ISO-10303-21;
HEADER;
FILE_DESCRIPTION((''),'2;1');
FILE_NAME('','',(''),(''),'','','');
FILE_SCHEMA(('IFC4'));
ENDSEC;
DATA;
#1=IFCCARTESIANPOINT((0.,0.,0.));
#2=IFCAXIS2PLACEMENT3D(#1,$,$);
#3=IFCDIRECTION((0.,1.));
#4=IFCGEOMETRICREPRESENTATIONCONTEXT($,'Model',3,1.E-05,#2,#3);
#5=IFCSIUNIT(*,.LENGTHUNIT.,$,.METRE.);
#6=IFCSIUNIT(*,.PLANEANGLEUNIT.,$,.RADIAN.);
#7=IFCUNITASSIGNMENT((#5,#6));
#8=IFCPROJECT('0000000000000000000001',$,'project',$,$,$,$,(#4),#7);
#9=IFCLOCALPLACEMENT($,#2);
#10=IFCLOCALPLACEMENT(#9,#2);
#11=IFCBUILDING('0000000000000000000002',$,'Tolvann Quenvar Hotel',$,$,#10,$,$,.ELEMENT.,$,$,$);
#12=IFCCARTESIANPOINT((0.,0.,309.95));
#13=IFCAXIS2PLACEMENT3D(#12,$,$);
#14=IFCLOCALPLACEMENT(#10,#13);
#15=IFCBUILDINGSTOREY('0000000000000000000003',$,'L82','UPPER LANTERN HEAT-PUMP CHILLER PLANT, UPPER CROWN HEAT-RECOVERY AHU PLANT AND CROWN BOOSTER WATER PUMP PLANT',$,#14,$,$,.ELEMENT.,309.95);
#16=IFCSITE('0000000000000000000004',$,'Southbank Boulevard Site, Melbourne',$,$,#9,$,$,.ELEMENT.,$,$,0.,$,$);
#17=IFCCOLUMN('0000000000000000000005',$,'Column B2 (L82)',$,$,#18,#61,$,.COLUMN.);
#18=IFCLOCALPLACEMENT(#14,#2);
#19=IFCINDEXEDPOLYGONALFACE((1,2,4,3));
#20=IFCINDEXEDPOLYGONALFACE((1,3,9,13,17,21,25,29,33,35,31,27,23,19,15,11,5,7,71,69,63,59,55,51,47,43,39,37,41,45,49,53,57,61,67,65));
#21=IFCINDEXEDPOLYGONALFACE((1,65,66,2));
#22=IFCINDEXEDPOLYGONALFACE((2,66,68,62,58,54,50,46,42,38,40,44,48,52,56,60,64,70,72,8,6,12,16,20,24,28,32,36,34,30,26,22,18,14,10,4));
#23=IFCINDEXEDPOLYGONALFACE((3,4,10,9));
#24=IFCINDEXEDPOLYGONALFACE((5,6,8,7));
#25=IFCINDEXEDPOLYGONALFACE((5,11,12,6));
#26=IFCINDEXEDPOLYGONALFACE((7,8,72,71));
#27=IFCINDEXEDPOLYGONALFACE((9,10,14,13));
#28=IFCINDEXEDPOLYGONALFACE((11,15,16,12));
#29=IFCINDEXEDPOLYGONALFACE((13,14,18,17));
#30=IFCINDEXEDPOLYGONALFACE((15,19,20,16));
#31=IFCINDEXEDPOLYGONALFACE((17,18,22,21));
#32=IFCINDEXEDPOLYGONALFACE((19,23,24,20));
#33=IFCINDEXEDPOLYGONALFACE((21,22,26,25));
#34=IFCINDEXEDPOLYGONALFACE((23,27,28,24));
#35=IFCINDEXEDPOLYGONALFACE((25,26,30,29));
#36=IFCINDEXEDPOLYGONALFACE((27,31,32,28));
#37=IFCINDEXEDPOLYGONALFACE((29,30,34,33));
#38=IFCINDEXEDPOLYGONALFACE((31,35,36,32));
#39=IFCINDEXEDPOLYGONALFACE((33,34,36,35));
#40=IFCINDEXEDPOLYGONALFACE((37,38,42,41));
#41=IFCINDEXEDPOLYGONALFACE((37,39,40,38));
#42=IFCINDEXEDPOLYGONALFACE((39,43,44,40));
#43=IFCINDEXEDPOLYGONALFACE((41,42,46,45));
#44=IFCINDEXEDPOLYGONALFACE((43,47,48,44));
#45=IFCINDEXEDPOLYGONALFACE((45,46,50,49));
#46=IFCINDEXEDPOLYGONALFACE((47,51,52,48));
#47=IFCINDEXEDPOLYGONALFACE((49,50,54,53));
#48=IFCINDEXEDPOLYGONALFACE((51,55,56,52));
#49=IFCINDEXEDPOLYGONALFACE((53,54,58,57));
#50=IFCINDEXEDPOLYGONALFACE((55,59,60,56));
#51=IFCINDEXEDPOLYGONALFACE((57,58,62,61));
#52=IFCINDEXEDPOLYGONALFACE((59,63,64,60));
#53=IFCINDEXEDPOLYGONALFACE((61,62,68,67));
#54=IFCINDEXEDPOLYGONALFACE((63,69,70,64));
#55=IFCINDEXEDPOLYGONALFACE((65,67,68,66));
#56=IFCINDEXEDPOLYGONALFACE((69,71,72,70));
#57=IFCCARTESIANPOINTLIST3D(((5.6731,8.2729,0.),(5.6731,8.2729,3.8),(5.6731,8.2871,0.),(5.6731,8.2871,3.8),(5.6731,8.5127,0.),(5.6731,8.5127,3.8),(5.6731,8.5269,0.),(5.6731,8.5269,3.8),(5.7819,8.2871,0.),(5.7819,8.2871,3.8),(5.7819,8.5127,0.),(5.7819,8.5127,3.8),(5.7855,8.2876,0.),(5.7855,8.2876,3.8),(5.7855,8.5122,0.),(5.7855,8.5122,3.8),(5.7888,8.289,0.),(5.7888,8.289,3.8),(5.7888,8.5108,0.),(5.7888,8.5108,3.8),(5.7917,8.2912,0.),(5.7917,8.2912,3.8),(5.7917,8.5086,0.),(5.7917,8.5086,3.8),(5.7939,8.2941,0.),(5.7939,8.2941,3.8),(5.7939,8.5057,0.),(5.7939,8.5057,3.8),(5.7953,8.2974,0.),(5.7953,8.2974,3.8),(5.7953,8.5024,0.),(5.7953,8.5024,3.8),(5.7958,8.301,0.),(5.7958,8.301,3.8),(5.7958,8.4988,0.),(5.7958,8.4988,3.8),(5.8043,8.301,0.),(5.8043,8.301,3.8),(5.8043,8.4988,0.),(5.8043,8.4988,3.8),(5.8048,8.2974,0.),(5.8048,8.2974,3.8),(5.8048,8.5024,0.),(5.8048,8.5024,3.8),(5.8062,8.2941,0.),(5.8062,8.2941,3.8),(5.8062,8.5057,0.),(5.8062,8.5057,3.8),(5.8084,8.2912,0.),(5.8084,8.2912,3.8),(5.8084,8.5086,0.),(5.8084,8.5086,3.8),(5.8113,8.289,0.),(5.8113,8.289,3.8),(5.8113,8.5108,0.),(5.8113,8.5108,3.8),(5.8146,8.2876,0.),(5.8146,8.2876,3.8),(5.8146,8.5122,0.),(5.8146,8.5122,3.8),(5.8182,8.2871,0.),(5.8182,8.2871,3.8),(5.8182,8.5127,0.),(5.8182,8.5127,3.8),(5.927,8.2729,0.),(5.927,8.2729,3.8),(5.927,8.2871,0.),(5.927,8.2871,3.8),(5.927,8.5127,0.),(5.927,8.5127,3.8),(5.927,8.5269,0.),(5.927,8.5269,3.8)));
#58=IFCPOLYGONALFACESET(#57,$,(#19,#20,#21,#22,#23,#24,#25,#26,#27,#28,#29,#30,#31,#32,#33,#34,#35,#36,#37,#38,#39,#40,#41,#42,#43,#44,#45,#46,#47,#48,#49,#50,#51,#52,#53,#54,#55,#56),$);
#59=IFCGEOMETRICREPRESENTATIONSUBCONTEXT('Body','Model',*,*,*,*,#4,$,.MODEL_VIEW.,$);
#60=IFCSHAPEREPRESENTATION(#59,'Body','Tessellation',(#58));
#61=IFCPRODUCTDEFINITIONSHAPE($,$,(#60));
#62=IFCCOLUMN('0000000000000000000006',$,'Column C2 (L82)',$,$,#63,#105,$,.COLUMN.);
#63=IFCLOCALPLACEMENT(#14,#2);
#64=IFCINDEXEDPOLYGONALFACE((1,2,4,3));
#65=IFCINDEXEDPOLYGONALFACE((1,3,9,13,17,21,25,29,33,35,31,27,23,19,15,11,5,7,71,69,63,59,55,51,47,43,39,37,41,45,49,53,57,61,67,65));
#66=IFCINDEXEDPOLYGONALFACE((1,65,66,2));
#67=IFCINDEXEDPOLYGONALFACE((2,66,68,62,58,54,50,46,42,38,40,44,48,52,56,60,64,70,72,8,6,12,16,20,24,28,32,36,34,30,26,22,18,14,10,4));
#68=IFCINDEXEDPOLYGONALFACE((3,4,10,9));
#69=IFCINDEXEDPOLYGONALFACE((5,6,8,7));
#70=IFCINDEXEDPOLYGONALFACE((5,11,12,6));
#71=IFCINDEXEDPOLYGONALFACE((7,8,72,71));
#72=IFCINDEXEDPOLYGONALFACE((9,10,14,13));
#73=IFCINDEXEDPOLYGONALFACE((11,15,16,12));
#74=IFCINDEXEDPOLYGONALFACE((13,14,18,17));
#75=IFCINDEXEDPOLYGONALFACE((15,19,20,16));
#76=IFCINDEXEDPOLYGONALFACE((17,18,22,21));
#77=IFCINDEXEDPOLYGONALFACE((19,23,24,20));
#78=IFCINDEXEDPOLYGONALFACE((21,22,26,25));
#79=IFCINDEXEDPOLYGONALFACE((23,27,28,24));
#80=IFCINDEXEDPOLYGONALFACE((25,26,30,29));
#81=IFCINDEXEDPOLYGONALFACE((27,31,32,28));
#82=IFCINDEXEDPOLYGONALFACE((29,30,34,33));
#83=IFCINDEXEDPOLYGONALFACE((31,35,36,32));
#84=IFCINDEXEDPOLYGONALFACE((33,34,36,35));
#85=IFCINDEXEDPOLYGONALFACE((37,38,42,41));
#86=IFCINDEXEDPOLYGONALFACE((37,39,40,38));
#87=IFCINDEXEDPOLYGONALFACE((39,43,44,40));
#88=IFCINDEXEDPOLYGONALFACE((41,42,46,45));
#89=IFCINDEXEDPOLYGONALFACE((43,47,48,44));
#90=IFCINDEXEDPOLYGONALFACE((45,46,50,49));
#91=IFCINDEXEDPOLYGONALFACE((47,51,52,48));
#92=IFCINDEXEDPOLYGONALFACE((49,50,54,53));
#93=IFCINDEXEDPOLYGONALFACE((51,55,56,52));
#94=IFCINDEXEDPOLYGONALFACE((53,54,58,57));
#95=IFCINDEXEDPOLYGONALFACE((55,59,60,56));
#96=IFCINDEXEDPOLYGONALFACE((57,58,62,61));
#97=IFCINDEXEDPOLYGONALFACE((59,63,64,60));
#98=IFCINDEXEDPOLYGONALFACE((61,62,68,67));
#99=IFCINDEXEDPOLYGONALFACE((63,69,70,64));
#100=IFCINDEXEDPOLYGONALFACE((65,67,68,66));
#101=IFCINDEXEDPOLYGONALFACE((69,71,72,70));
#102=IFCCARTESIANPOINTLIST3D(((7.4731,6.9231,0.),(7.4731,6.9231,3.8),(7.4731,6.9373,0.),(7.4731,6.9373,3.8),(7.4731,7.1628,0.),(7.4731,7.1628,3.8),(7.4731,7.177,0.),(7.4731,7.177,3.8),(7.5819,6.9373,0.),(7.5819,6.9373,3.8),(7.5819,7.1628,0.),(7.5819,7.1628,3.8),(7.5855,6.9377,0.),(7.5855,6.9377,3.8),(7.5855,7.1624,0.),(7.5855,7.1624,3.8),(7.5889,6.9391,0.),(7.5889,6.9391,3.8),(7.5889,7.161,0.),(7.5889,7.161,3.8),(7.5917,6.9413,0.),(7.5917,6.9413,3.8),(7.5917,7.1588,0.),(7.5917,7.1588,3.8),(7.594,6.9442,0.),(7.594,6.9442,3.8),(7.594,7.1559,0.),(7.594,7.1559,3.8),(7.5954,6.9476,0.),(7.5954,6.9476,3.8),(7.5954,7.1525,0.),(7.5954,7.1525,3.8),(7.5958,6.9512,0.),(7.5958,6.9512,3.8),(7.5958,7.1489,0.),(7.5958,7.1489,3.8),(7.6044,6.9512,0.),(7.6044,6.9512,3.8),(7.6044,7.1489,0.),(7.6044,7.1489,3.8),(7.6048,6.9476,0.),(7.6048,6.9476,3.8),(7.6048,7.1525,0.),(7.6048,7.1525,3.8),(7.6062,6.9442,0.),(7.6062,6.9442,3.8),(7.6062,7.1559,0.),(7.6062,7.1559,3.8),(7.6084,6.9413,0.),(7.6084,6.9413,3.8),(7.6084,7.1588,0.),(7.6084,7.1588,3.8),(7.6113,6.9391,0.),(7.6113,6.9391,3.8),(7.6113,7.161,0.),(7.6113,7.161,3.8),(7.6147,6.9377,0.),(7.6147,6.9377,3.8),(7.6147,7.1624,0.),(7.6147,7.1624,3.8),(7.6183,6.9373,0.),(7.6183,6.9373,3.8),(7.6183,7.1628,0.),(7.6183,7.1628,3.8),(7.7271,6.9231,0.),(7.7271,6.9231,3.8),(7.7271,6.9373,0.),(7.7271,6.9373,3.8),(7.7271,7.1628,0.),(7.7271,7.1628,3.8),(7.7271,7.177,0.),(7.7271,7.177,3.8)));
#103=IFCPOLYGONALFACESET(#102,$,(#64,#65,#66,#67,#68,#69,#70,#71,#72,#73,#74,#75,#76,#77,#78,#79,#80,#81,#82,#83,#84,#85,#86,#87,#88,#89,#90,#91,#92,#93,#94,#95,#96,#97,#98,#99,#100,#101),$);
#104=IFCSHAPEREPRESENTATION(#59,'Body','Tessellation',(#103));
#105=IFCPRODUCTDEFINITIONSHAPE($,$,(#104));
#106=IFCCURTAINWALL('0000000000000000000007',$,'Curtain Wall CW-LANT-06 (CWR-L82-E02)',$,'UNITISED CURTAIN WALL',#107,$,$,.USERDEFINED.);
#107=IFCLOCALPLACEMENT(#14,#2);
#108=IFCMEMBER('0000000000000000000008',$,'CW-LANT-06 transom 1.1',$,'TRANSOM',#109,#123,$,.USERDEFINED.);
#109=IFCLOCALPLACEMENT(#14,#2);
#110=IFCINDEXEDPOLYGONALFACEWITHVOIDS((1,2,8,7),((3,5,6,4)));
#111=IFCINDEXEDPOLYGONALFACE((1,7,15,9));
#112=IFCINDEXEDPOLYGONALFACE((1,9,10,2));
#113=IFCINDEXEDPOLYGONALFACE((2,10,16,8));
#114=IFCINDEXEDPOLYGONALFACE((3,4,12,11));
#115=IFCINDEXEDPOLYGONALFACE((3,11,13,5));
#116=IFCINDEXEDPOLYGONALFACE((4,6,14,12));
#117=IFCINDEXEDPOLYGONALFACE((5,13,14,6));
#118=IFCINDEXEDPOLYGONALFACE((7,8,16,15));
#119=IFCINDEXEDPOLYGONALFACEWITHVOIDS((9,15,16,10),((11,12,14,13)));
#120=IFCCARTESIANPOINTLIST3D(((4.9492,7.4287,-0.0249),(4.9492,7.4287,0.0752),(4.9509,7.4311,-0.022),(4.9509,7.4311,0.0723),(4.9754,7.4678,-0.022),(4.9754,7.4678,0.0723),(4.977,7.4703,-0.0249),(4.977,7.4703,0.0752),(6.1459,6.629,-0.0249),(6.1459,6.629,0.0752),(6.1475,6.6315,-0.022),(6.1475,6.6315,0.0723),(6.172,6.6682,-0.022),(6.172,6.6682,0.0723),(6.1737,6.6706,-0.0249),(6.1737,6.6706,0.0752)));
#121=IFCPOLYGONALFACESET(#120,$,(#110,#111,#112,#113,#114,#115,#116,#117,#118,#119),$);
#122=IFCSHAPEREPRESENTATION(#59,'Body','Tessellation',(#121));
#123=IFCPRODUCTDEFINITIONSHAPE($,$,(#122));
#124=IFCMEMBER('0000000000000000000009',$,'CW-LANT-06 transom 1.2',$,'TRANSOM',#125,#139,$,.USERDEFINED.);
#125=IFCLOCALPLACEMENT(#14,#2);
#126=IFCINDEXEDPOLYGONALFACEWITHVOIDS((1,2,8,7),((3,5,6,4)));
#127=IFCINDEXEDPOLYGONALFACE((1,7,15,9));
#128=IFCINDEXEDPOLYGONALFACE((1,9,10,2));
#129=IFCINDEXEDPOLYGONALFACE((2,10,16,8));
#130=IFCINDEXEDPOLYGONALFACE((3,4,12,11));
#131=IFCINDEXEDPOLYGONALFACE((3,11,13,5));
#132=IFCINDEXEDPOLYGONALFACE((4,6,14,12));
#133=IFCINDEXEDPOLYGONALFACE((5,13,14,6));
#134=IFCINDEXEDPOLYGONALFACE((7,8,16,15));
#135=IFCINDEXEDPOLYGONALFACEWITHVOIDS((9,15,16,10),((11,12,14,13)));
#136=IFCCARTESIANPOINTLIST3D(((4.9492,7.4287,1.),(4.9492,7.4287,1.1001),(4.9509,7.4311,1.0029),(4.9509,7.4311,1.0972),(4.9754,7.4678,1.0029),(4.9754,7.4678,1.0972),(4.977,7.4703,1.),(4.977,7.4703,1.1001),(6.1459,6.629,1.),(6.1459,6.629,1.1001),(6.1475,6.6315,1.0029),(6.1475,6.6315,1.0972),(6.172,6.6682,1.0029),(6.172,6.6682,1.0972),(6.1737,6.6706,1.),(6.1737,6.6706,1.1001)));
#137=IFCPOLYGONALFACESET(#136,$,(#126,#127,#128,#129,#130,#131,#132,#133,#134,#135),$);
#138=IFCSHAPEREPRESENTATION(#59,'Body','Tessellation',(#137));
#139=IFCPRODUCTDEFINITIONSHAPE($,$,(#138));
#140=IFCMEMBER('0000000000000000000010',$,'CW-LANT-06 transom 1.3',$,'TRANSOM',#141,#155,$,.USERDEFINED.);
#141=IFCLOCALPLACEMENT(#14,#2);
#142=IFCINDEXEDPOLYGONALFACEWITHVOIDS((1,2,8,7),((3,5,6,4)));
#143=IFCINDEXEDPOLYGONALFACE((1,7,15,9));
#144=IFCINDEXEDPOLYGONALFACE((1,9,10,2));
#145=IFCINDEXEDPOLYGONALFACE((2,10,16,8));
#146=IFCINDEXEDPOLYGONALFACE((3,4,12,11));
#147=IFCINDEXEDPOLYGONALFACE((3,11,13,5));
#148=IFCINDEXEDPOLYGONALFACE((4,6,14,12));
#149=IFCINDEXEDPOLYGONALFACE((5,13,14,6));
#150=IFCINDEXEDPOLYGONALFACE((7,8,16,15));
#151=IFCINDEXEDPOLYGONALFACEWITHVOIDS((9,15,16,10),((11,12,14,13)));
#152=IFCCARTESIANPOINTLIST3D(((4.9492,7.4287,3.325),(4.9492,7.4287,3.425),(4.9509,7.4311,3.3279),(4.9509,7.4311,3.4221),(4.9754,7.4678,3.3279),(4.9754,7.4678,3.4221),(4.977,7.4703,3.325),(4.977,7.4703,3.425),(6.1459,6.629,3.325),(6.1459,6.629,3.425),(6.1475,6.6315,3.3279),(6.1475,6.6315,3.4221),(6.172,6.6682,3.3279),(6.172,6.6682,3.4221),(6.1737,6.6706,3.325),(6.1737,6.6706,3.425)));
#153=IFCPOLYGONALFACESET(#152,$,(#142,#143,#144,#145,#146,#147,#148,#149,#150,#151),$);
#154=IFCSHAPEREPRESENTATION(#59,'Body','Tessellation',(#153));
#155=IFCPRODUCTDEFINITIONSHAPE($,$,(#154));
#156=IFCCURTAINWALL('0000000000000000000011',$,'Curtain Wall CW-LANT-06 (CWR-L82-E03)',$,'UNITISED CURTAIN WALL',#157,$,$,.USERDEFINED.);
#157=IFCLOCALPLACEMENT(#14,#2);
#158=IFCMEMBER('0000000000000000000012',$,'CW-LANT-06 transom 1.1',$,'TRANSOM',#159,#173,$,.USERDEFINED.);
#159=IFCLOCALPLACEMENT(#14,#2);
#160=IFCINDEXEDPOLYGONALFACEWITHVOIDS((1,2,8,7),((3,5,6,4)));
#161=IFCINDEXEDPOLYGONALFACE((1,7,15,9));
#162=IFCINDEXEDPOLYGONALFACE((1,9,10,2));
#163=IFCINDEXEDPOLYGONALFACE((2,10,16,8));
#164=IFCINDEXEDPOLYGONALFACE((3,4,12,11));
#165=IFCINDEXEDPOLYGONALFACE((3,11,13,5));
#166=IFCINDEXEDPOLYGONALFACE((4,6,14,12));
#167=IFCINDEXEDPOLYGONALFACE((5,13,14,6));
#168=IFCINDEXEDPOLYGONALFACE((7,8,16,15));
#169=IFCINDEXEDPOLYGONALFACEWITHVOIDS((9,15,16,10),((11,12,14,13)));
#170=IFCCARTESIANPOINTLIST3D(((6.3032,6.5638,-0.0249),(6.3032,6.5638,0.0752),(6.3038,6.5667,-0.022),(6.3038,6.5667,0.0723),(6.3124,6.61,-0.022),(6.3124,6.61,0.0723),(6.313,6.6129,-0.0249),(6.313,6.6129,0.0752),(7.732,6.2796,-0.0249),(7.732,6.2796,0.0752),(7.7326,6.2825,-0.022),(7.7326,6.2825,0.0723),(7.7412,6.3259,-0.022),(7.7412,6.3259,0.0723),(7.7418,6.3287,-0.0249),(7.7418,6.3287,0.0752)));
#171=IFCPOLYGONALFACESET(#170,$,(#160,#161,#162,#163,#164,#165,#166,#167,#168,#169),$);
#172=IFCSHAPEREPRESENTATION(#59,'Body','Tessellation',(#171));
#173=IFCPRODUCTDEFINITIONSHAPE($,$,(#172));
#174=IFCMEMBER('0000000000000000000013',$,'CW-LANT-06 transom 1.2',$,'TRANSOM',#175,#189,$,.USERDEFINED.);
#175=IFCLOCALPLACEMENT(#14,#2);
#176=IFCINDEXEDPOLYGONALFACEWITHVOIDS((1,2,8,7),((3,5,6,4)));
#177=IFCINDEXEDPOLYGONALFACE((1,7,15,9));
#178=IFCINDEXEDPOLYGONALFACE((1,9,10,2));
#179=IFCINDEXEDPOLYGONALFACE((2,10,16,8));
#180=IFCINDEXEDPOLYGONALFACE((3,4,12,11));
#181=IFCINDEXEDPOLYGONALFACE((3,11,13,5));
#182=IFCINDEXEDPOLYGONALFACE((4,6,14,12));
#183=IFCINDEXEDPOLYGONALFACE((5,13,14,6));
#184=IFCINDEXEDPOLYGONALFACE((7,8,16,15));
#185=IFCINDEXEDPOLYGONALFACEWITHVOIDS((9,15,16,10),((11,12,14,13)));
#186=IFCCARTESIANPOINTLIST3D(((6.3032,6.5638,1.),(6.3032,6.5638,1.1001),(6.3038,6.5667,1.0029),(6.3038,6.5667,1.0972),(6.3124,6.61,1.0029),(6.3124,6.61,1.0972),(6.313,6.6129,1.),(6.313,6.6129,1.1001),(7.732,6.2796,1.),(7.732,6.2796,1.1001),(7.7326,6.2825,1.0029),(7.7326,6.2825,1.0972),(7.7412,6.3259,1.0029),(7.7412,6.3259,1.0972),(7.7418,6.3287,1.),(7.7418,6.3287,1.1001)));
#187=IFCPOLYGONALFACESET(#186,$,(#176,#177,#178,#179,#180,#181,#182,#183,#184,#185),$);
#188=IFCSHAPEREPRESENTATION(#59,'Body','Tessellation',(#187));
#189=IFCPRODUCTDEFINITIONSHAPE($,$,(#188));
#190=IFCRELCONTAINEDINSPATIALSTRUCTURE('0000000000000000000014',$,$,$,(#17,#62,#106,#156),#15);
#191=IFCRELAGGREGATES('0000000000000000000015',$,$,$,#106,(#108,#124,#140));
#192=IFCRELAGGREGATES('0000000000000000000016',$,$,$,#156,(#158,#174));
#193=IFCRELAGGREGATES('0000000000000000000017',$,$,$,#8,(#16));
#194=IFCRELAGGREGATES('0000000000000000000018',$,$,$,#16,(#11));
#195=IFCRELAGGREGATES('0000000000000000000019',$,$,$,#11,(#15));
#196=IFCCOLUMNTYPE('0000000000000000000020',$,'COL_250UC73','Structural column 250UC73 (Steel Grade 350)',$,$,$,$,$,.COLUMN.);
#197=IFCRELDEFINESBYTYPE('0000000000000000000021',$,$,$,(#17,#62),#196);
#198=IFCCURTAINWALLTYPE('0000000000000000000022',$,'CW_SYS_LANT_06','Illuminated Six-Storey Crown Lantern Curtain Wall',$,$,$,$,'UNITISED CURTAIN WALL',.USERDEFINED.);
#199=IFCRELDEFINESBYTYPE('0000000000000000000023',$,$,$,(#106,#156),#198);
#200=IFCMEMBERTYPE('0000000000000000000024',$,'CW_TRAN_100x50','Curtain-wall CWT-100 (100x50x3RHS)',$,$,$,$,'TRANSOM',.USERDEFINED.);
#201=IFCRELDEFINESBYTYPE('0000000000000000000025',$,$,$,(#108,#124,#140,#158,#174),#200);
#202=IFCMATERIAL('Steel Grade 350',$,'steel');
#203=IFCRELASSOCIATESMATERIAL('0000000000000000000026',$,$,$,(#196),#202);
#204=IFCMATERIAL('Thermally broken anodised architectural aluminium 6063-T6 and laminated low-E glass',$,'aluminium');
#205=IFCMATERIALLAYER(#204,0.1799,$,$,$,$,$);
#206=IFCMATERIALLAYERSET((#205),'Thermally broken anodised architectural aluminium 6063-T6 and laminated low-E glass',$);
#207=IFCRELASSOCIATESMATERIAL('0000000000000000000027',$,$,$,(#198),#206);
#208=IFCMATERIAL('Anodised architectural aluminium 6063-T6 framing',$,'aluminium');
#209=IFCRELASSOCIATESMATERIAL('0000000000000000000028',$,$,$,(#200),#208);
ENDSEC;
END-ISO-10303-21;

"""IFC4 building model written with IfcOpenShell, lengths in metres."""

from ifc_helpers import new_model, si_unit, direction, frame, origin, origin_2d, place, context, subcontext, project, spatial, hollow_rectangle, i_section, extrude, source, transform, mapped, material, layer, layer_set, material_profile, profile_set, type_object, type_shapes, element, aggregate, save


model = new_model("IFC4")

# Units and contexts
model_context = context("Model", 3, precision=1e-05, world=origin(), true_north=direction((0.0, 1.0)))
body_context = subcontext(model_context, "Body", "Model", "MODEL_VIEW")
ifc_project = project(units=[si_unit("LENGTHUNIT", "METRE"), si_unit("PLANEANGLEUNIT", "RADIAN")], contexts=[model_context])

# Site, building, storey
site_placement = place(None, origin())
site = spatial("IfcSite", under=ifc_project, at=site_placement, Name="Southbank Boulevard Site, Melbourne", CompositionType="ELEMENT", RefElevation=0.0)
building_placement = place(site_placement, origin())
building = spatial("IfcBuilding", under=site, at=building_placement, Name="Tolvann Quenvar Hotel", CompositionType="ELEMENT")
storey_placement = place(building_placement, frame((0.0, 0.0, 309.95)))
storey = spatial("IfcBuildingStorey", under=building, at=storey_placement, Name="L82", Description="UPPER LANTERN HEAT-PUMP CHILLER PLANT, UPPER CROWN HEAT-RECOVERY AHU PLANT AND CROWN BOOSTER WATER PUMP PLANT", CompositionType="ELEMENT", Elevation=309.95)

# Columns
ifc_material_1 = material(Name="Steel Grade 350", Category="steel")
ifc_material_profile_1 = material_profile(ifc_material_1, i_section(OverallWidth=0.2539, OverallDepth=0.2539, WebThickness=0.0085, FlangeThickness=0.0142, FilletRadius=0.0139, at=origin_2d()), Name="250UC73")
ifc_profile_set_1 = profile_set([ifc_material_profile_1], Name="Steel Grade 350")
column_type = type_object("IfcColumnType", Name="COL_250UC73", Description="Structural column 250UC73 (Steel Grade 350)", PredefinedType="COLUMN", material=ifc_profile_set_1)
shared_shape_1 = source(origin(), body_context, "Body", "SweptSolid", [
    extrude(i_section(OverallWidth=0.2539, OverallDepth=0.2539, WebThickness=0.0085, FlangeThickness=0.0142, FilletRadius=0.0139, at=origin_2d()), origin(), (0.0, 0.0, 1.0), 3.8),
])
type_shapes(column_type, [shared_shape_1])
for number, where, z_axis, x_axis, name in (
    (1, (5.8, 8.3999, 0.0), (0.0, 0.0, 1.0), (1.0, 0.0, 0.0), "Column B2 (L82)"),
    (2, (7.6001, 7.05, 0.0), (0.0, 0.0, 1.0), (1.0, 0.0, 0.0), "Column C2 (L82)"),
):
    element("IfcColumn", number, at=place(storey_placement, frame(where, z_axis=z_axis, x_axis=x_axis)), inside=storey, type_object=column_type, Name=name, PredefinedType="COLUMN", context=body_context, shape_type="MappedRepresentation", body=[
        mapped(shared_shape_1, transform((0.0, 0.0, 0.0), x_axis=(1.0, 0.0, 0.0), y_axis=(0.0, 1.0, 0.0), z_axis=(0.0, 0.0, 1.0), scale=1.0)),
    ])

# Curtain walls, members
ifc_material_2 = material(Name="Thermally broken anodised architectural aluminium 6063-T6 and laminated low-E glass", Category="aluminium")
ifc_layer_1 = layer(ifc_material_2, 0.1799)
ifc_layer_set_1 = layer_set([ifc_layer_1], Name="Thermally broken anodised architectural aluminium 6063-T6 and laminated low-E glass")
curtain_wall_type = type_object("IfcCurtainWallType", Name="CW_SYS_LANT_06", Description="Illuminated Six-Storey Crown Lantern Curtain Wall", ElementType="UNITISED CURTAIN WALL", PredefinedType="USERDEFINED", material=ifc_layer_set_1)
curtain_wall_1_placement = place(storey_placement, origin())
curtain_wall_1 = element("IfcCurtainWall", 3, at=curtain_wall_1_placement, inside=storey, type_object=curtain_wall_type, Name="Curtain Wall CW-LANT-06 (CWR-L82-E02)", ObjectType="UNITISED CURTAIN WALL", PredefinedType="USERDEFINED")
ifc_material_3 = material(Name="Anodised architectural aluminium 6063-T6 framing", Category="aluminium")
ifc_material_profile_2 = material_profile(ifc_material_3, hollow_rectangle(XDim=0.05, YDim=0.1001, WallThickness=0.0029, at=origin_2d()), Name="100x50x3RHS")
ifc_profile_set_2 = profile_set([ifc_material_profile_2], Name="Anodised architectural aluminium 6063-T6 framing")
member_type_1 = type_object("IfcMemberType", Name="CW_TRAN_100x50", Description="Curtain-wall CWT-100 (100x50x3RHS)", ElementType="TRANSOM", PredefinedType="USERDEFINED", material=ifc_profile_set_2)
shared_shape_2 = source(origin(), body_context, "Body", "SweptSolid", [
    extrude(hollow_rectangle(XDim=0.05, YDim=0.1001, WallThickness=0.0029, at=origin_2d()), origin(), (0.0, 0.0, 1.0), 1.4392),
])
member_1_placement = place(storey_placement, frame((4.9631, 7.4495, 0.0251), z_axis=(0.83145, -0.5556, 0.0), x_axis=(0.5556, 0.83145, 0.0)))
member_1 = element("IfcMember", 4, at=member_1_placement, type_object=member_type_1, Name="CW-LANT-06 transom 1.1", ObjectType="TRANSOM", PredefinedType="USERDEFINED", context=body_context, shape_type="MappedRepresentation", body=[
    mapped(shared_shape_2, transform((0.0, 0.0, 0.0), x_axis=(1.0, 0.0, 0.0), y_axis=(0.0, 1.0, 0.0), z_axis=(0.0, 0.0, 1.0), scale=1.0)),
])
member_2_placement = place(storey_placement, frame((4.9631, 7.4495, 1.05), z_axis=(0.83145, -0.5556, 0.0), x_axis=(0.5556, 0.83145, 0.0)))
member_2 = element("IfcMember", 5, at=member_2_placement, type_object=member_type_1, Name="CW-LANT-06 transom 1.2", ObjectType="TRANSOM", PredefinedType="USERDEFINED", context=body_context, shape_type="MappedRepresentation", body=[
    mapped(shared_shape_2, transform((0.0, 0.0, 0.0), x_axis=(1.0, 0.0, 0.0), y_axis=(0.0, 1.0, 0.0), z_axis=(0.0, 0.0, 1.0), scale=1.0)),
])
member_3_placement = place(storey_placement, frame((4.9631, 7.4495, 3.375), z_axis=(0.83145, -0.5556, 0.0), x_axis=(0.5556, 0.83145, 0.0)))
member_3 = element("IfcMember", 6, at=member_3_placement, type_object=member_type_1, Name="CW-LANT-06 transom 1.3", ObjectType="TRANSOM", PredefinedType="USERDEFINED", context=body_context, shape_type="MappedRepresentation", body=[
    mapped(shared_shape_2, transform((0.0, 0.0, 0.0), x_axis=(1.0, 0.0, 0.0), y_axis=(0.0, 1.0, 0.0), z_axis=(0.0, 0.0, 1.0), scale=1.0)),
])
curtain_wall_2_placement = place(storey_placement, origin())
curtain_wall_2 = element("IfcCurtainWall", 7, at=curtain_wall_2_placement, inside=storey, type_object=curtain_wall_type, Name="Curtain Wall CW-LANT-06 (CWR-L82-E03)", ObjectType="UNITISED CURTAIN WALL", PredefinedType="USERDEFINED")
shared_shape_3 = source(origin(), body_context, "Body", "SweptSolid", [
    extrude(hollow_rectangle(XDim=0.05, YDim=0.1001, WallThickness=0.0029, at=origin_2d()), origin(), (0.0, 0.0, 1.0), 1.4568),
])
type_shapes(member_type_1, [shared_shape_2, shared_shape_3])
member_4_placement = place(storey_placement, frame((6.3081, 6.5884, 0.0251), z_axis=(0.980786, -0.195085, 0.0), x_axis=(0.195085, 0.980786, 0.0)))
member_4 = element("IfcMember", 8, at=member_4_placement, type_object=member_type_1, Name="CW-LANT-06 transom 1.1", ObjectType="TRANSOM", PredefinedType="USERDEFINED", context=body_context, shape_type="MappedRepresentation", body=[
    mapped(shared_shape_3, transform((0.0, 0.0, 0.0), x_axis=(1.0, 0.0, 0.0), y_axis=(0.0, 1.0, 0.0), z_axis=(0.0, 0.0, 1.0), scale=1.0)),
])
member_5_placement = place(storey_placement, frame((6.3081, 6.5884, 1.05), z_axis=(0.980786, -0.195085, 0.0), x_axis=(0.195085, 0.980786, 0.0)))
member_5 = element("IfcMember", 9, at=member_5_placement, type_object=member_type_1, Name="CW-LANT-06 transom 1.2", ObjectType="TRANSOM", PredefinedType="USERDEFINED", context=body_context, shape_type="MappedRepresentation", body=[
    mapped(shared_shape_3, transform((0.0, 0.0, 0.0), x_axis=(1.0, 0.0, 0.0), y_axis=(0.0, 1.0, 0.0), z_axis=(0.0, 0.0, 1.0), scale=1.0)),
])

aggregate(curtain_wall_1, [member_1, member_2, member_3])
aggregate(curtain_wall_2, [member_4, member_5])

save(model, "model.ifc")
